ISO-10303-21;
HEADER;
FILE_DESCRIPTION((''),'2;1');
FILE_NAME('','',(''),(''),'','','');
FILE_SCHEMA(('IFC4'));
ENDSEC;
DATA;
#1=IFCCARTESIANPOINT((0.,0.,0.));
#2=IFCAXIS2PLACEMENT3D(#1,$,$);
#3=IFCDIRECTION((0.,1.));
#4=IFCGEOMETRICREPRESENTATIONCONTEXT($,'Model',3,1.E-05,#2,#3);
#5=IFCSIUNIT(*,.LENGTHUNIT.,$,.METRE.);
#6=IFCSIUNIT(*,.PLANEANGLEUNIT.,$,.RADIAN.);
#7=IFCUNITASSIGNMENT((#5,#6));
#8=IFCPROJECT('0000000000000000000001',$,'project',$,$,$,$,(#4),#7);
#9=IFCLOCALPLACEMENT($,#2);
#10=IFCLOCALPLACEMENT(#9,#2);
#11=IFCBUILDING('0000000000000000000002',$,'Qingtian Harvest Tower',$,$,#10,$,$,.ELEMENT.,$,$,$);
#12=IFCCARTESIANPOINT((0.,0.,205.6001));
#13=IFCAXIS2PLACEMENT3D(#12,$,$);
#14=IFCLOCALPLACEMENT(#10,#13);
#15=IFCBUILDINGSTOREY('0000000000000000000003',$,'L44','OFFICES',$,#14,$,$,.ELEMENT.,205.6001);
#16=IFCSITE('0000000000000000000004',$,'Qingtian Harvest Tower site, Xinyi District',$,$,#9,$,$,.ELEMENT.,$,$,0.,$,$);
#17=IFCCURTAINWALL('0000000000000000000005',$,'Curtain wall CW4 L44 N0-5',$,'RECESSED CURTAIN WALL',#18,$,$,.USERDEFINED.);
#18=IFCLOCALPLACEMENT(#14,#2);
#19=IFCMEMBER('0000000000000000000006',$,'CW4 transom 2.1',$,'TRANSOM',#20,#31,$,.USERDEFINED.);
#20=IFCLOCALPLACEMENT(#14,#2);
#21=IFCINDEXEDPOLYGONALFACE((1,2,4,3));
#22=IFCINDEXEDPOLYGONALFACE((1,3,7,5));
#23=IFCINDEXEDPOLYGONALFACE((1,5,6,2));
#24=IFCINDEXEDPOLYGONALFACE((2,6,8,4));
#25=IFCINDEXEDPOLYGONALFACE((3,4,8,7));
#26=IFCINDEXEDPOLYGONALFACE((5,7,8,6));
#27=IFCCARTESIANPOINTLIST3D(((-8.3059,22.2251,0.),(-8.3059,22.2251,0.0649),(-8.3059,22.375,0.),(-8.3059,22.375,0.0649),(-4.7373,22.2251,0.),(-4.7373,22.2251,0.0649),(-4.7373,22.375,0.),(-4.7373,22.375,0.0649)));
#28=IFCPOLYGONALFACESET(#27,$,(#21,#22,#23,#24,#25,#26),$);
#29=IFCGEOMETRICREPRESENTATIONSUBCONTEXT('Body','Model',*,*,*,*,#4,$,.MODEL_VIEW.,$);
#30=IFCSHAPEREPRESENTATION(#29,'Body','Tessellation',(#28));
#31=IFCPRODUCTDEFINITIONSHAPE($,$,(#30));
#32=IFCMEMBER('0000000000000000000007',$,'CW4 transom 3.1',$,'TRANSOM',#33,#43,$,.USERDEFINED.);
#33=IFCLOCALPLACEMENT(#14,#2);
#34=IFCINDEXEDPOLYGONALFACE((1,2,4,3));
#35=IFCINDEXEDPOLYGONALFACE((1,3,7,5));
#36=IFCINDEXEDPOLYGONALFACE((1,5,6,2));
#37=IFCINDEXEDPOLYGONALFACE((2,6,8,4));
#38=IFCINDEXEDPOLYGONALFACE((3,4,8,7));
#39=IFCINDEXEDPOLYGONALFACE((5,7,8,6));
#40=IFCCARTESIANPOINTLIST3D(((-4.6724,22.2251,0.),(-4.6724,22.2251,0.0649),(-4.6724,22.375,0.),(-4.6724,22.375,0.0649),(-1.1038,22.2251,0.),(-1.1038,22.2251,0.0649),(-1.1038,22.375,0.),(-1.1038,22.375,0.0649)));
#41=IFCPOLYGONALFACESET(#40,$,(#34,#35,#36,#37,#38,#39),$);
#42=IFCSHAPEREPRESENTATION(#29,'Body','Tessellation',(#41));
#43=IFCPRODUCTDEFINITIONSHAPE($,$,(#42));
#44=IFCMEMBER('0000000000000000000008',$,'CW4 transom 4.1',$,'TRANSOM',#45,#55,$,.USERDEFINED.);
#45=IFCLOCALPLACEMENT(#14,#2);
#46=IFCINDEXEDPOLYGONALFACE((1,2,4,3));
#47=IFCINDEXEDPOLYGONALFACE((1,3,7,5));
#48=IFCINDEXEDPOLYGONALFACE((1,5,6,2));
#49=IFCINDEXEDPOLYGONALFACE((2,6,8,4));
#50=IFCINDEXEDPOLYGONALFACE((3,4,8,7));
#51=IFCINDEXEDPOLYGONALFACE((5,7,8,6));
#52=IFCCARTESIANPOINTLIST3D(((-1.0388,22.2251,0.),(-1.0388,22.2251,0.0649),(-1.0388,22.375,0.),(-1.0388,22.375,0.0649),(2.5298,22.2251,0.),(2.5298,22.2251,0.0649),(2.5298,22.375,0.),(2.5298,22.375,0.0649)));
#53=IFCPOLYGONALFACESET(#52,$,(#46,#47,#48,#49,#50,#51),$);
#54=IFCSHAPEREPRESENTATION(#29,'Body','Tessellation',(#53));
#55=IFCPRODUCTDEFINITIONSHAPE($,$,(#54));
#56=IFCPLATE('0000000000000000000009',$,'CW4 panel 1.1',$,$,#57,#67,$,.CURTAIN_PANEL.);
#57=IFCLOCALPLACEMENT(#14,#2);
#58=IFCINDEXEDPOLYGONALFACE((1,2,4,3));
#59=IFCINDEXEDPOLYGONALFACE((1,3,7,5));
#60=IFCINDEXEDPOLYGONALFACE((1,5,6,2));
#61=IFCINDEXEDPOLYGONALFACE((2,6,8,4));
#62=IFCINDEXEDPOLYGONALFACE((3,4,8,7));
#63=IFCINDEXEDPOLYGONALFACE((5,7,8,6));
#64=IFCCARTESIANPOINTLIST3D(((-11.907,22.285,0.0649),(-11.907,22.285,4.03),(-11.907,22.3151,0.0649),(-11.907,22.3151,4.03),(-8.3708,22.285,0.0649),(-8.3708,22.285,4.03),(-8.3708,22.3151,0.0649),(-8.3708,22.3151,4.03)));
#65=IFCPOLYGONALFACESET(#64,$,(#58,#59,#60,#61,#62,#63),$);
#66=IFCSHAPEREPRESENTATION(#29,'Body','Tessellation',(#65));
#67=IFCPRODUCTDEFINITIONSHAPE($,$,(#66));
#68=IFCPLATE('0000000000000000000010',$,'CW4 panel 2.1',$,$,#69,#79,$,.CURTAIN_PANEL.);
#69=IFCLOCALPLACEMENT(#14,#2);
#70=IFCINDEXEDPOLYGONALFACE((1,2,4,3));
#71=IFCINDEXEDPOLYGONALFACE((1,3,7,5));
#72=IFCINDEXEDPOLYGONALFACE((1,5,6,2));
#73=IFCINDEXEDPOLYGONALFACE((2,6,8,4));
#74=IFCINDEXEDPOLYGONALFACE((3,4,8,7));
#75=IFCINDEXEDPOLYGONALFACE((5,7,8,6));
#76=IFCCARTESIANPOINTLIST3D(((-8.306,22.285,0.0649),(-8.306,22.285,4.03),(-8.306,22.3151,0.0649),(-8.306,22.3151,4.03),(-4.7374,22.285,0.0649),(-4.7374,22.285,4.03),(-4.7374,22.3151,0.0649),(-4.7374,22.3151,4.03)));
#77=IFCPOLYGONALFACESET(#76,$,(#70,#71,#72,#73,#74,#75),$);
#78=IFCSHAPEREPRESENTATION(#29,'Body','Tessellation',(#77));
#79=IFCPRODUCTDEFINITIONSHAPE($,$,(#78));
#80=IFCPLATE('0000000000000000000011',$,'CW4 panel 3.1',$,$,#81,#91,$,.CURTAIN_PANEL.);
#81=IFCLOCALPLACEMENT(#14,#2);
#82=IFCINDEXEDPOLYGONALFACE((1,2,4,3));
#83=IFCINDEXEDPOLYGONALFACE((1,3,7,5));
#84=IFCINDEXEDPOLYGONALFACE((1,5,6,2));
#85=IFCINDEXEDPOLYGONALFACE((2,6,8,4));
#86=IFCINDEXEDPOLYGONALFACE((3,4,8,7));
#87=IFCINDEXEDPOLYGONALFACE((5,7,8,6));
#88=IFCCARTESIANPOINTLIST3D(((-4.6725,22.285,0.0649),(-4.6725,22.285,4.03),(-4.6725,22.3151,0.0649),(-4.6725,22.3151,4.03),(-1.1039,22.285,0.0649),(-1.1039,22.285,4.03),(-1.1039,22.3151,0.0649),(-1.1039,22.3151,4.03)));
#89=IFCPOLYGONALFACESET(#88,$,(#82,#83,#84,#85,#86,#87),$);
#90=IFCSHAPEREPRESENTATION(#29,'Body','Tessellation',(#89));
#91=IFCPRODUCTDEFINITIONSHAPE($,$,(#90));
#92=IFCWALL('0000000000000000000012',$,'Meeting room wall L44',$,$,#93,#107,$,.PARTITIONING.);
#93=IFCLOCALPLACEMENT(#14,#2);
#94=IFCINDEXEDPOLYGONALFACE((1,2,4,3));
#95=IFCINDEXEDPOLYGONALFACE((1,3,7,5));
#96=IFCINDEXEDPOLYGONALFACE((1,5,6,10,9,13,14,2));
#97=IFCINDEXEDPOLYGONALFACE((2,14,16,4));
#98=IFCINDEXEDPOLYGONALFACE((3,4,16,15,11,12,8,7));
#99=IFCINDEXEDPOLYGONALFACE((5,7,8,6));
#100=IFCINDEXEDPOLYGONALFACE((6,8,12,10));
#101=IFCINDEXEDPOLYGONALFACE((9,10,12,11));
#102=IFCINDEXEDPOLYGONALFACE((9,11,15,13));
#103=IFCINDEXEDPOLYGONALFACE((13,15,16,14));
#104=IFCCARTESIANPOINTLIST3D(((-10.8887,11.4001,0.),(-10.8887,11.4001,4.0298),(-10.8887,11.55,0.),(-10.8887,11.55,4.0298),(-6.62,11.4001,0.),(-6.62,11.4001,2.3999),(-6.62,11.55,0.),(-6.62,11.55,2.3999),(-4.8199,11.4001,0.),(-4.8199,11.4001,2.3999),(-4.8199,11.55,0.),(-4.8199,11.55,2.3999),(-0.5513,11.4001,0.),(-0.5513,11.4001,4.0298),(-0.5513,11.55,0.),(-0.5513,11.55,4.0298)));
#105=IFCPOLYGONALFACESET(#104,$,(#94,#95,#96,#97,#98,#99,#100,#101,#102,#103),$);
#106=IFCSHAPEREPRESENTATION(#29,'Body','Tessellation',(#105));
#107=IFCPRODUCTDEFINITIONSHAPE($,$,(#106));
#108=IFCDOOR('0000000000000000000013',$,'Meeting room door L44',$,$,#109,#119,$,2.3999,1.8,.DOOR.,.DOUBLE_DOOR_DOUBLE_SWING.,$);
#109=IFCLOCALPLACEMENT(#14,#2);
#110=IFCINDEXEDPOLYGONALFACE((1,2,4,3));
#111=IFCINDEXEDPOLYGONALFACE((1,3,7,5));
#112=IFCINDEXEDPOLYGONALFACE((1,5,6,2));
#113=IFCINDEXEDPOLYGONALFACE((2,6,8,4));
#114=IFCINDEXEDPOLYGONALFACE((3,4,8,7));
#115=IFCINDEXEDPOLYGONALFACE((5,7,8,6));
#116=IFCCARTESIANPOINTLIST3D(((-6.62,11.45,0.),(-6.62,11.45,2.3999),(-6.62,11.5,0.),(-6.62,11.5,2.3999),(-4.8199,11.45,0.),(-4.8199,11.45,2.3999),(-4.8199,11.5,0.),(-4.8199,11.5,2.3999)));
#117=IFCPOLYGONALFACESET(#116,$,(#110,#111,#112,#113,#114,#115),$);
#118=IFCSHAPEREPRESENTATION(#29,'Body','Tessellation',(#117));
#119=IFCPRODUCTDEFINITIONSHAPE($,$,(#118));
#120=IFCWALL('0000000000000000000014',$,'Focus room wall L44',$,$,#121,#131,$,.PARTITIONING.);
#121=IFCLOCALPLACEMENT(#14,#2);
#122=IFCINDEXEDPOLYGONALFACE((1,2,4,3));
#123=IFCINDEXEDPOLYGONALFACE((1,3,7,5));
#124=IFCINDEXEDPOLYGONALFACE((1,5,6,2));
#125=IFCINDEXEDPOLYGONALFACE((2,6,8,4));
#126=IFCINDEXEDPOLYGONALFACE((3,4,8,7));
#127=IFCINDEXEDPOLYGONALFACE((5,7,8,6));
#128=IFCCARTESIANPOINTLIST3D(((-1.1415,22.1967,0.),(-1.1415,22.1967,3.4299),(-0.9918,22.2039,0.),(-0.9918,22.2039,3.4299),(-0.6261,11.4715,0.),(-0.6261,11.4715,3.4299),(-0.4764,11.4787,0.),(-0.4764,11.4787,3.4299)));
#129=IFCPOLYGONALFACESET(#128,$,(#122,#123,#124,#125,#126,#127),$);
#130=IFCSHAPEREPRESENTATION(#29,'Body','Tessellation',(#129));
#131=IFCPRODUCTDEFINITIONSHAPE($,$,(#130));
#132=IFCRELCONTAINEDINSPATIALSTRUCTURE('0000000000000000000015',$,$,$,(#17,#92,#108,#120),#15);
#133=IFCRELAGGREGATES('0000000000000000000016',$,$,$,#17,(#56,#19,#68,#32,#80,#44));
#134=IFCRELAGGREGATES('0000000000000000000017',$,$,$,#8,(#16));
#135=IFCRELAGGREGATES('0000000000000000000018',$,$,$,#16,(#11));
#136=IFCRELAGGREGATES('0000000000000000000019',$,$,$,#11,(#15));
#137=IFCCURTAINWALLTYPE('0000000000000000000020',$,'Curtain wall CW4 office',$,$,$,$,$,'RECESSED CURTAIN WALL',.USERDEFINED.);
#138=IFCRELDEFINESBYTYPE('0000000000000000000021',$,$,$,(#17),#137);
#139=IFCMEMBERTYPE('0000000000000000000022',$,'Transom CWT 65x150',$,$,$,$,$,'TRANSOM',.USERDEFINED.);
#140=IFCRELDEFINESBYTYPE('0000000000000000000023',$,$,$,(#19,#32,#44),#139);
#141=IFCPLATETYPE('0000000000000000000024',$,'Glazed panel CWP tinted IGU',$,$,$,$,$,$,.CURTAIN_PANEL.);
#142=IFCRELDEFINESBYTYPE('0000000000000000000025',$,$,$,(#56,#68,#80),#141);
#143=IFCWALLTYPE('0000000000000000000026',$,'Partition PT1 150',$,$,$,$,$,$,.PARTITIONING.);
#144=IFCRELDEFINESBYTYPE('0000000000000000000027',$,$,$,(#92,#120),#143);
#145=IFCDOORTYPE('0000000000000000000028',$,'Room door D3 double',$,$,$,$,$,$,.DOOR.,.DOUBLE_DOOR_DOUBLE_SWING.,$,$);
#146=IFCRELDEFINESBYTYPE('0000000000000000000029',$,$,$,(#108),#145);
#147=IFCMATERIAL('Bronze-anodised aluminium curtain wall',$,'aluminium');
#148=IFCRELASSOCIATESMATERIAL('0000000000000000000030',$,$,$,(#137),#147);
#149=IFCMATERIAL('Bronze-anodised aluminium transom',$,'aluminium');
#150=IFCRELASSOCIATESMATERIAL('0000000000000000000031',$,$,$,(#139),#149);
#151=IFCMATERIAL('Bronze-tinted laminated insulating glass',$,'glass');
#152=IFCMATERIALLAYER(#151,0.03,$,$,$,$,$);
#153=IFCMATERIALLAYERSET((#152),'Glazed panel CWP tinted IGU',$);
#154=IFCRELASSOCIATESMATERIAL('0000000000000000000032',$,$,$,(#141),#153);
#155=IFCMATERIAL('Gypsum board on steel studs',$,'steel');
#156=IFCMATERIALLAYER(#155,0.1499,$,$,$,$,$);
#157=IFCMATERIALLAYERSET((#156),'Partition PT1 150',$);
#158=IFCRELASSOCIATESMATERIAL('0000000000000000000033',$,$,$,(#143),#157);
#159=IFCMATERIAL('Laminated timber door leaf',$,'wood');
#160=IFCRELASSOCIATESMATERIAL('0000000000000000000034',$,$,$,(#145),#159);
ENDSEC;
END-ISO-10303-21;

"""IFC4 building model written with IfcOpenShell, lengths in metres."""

from ifc_helpers import new_model, si_unit, direction, frame, frame_2d, origin, origin_2d, place, context, subcontext, project, spatial, rectangle, extrude, material, layer, layer_set, material_profile, profile_set, type_object, element, fill, aggregate, save


model = new_model("IFC4")

# Units and contexts
model_context = context("Model", 3, precision=1e-05, world=origin(), true_north=direction((0.0, 1.0)))
body_context = subcontext(model_context, "Body", "Model", "MODEL_VIEW")
ifc_project = project(units=[si_unit("LENGTHUNIT", "METRE"), si_unit("PLANEANGLEUNIT", "RADIAN")], contexts=[model_context])

# Site, building, storey
site_placement = place(None, origin())
site = spatial("IfcSite", under=ifc_project, at=site_placement, Name="Qingtian Harvest Tower site, Xinyi District", CompositionType="ELEMENT", RefElevation=0.0)
building_placement = place(site_placement, origin())
building = spatial("IfcBuilding", under=site, at=building_placement, Name="Qingtian Harvest Tower", CompositionType="ELEMENT")
storey_placement = place(building_placement, frame((0.0, 0.0, 205.6001)))
storey = spatial("IfcBuildingStorey", under=building, at=storey_placement, Name="L44", Description="OFFICES", CompositionType="ELEMENT", Elevation=205.6001)

# Curtain wall
ifc_material_1 = material(Name="Bronze-anodised aluminium curtain wall", Category="aluminium")
curtain_wall_type = type_object("IfcCurtainWallType", Name="Curtain wall CW4 office", ElementType="RECESSED CURTAIN WALL", PredefinedType="USERDEFINED", material=ifc_material_1)
curtain_wall_1_placement = place(storey_placement, origin())
curtain_wall_1 = element("IfcCurtainWall", 1, at=curtain_wall_1_placement, inside=storey, type_object=curtain_wall_type, Name="Curtain wall CW4 L44 N0-5", ObjectType="RECESSED CURTAIN WALL", PredefinedType="USERDEFINED")

# Members
ifc_material_2 = material(Name="Bronze-anodised aluminium transom", Category="aluminium")
ifc_material_profile_1 = material_profile(ifc_material_2, rectangle(XDim=0.1499, YDim=0.0649, at=origin_2d()), Name="AL 65x150")
ifc_profile_set_1 = profile_set([ifc_material_profile_1], Name="Bronze-anodised aluminium transom")
member_type_1 = type_object("IfcMemberType", Name="Transom CWT 65x150", ElementType="TRANSOM", PredefinedType="USERDEFINED", material=ifc_profile_set_1)
member_1_placement = place(storey_placement, frame((-8.3059, 22.3, 0.0325), z_axis=(1.0, 0.0, 0.0), x_axis=(0.0, 1.0, 0.0)))
member_1 = element("IfcMember", 2, at=member_1_placement, type_object=member_type_1, Name="CW4 transom 2.1", ObjectType="TRANSOM", PredefinedType="USERDEFINED", context=body_context, shape_type="SweptSolid", body=[
    extrude(rectangle(XDim=0.1499, YDim=0.0649, at=origin_2d()), origin(), (0.0, 0.0, 1.0), 3.5686),
])
member_2_placement = place(storey_placement, frame((-4.6724, 22.3, 0.0325), z_axis=(1.0, 0.0, 0.0), x_axis=(0.0, 1.0, 0.0)))
member_2 = element("IfcMember", 3, at=member_2_placement, type_object=member_type_1, Name="CW4 transom 3.1", ObjectType="TRANSOM", PredefinedType="USERDEFINED", context=body_context, shape_type="SweptSolid", body=[
    extrude(rectangle(XDim=0.1499, YDim=0.0649, at=origin_2d()), origin(), (0.0, 0.0, 1.0), 3.5686),
])
member_3_placement = place(storey_placement, frame((-1.0388, 22.3, 0.0325), z_axis=(1.0, 0.0, 0.0), x_axis=(0.0, 1.0, 0.0)))
member_3 = element("IfcMember", 4, at=member_3_placement, type_object=member_type_1, Name="CW4 transom 4.1", ObjectType="TRANSOM", PredefinedType="USERDEFINED", context=body_context, shape_type="SweptSolid", body=[
    extrude(rectangle(XDim=0.1499, YDim=0.0649, at=origin_2d()), origin(), (0.0, 0.0, 1.0), 3.5686),
])

# Plates
ifc_material_3 = material(Name="Bronze-tinted laminated insulating glass", Category="glass")
ifc_layer_1 = layer(ifc_material_3, 0.03)
ifc_layer_set_1 = layer_set([ifc_layer_1], Name="Glazed panel CWP tinted IGU")
plate_type = type_object("IfcPlateType", Name="Glazed panel CWP tinted IGU", PredefinedType="CURTAIN_PANEL", material=ifc_layer_set_1)
plate_1_placement = place(storey_placement, frame((-10.1389, 22.3, 0.0649), z_axis=(0.0, 0.0, 1.0), x_axis=(1.0, 0.0, 0.0)))
plate_1 = element("IfcPlate", 5, at=plate_1_placement, type_object=plate_type, Name="CW4 panel 1.1", PredefinedType="CURTAIN_PANEL", context=body_context, shape_type="SweptSolid", body=[
    extrude(rectangle(XDim=3.5361, YDim=0.03, at=origin_2d()), origin(), (0.0, 0.0, 1.0), 3.9651),
])
plate_2_placement = place(storey_placement, frame((-6.5217, 22.3, 0.0649), z_axis=(0.0, 0.0, 1.0), x_axis=(1.0, 0.0, 0.0)))
plate_2 = element("IfcPlate", 6, at=plate_2_placement, type_object=plate_type, Name="CW4 panel 2.1", PredefinedType="CURTAIN_PANEL", context=body_context, shape_type="SweptSolid", body=[
    extrude(rectangle(XDim=3.5686, YDim=0.03, at=origin_2d()), origin(), (0.0, 0.0, 1.0), 3.9651),
])
plate_3_placement = place(storey_placement, frame((-2.8882, 22.3, 0.0649), z_axis=(0.0, 0.0, 1.0), x_axis=(1.0, 0.0, 0.0)))
plate_3 = element("IfcPlate", 7, at=plate_3_placement, type_object=plate_type, Name="CW4 panel 3.1", PredefinedType="CURTAIN_PANEL", context=body_context, shape_type="SweptSolid", body=[
    extrude(rectangle(XDim=3.5686, YDim=0.03, at=origin_2d()), origin(), (0.0, 0.0, 1.0), 3.9651),
])
aggregate(curtain_wall_1, [plate_1, member_1, plate_2, member_2, plate_3, member_3])

# Wall, opening, door
ifc_material_4 = material(Name="Gypsum board on steel studs", Category="steel")
ifc_layer_2 = layer(ifc_material_4, 0.1499)
ifc_layer_set_2 = layer_set([ifc_layer_2], Name="Partition PT1 150")
wall_type = type_object("IfcWallType", Name="Partition PT1 150", PredefinedType="PARTITIONING", material=ifc_layer_set_2)
wall_1_placement = place(storey_placement, frame((-10.8887, 11.4751, 0.0), z_axis=(0.0, 0.0, 1.0), x_axis=(1.0, 0.0, 0.0)))
wall_1 = element("IfcWall", 8, at=wall_1_placement, inside=storey, type_object=wall_type, Name="Meeting room wall L44", PredefinedType="PARTITIONING", context=body_context, shape_type="SweptSolid", body=[
    extrude(rectangle(XDim=10.3374, YDim=0.1499, at=frame_2d((5.1687, 0.0))), origin(), (0.0, 0.0, 1.0), 4.0298),
])
opening_1_placement = place(wall_1_placement, frame((4.2688, 0.0, 0.0)))
opening_1 = element("IfcOpeningElement", 9, at=opening_1_placement, cuts=wall_1, PredefinedType="OPENING", context=body_context, shape_type="SweptSolid", body=[
    extrude(rectangle(XDim=1.8, YDim=2.3999, at=frame_2d((0.8999, 1.2))), frame((0.0, 0.085, 0.0), z_axis=(0.0, -1.0, 0.0), x_axis=(1.0, 0.0, 0.0)), (0.0, 0.0, 1.0), 0.1699),
])
ifc_material_5 = material(Name="Laminated timber door leaf", Category="wood")
door_type_1 = type_object("IfcDoorType", Name="Room door D3 double", OperationType="DOUBLE_DOOR_DOUBLE_SWING", PredefinedType="DOOR", material=ifc_material_5)
door_1_placement = place(opening_1_placement, origin())
door_1 = element("IfcDoor", 10, at=door_1_placement, inside=storey, type_object=door_type_1, Name="Meeting room door L44", OperationType="DOUBLE_DOOR_DOUBLE_SWING", OverallHeight=2.3999, OverallWidth=1.8, PredefinedType="DOOR", context=body_context, shape_type="SweptSolid", body=[
    extrude(rectangle(XDim=1.8, YDim=2.3999, at=frame_2d((0.8999, 1.2))), frame((0.0, 0.0249, 0.0), z_axis=(0.0, -1.0, 0.0), x_axis=(1.0, 0.0, 0.0)), (0.0, 0.0, 1.0), 0.05),
])
fill(opening_1, door_1)

# Wall
wall_2_placement = place(storey_placement, frame((-1.0667, 22.2002, 0.0), z_axis=(0.0, 0.0, 1.0), x_axis=(0.047998, -0.998847, 0.0)))
element("IfcWall", 11, at=wall_2_placement, inside=storey, type_object=wall_type, Name="Focus room wall L44", PredefinedType="PARTITIONING", context=body_context, shape_type="SweptSolid", body=[
    extrude(rectangle(XDim=10.7375, YDim=0.1499, at=frame_2d((5.3687, 0.0))), origin(), (0.0, 0.0, 1.0), 3.4299),
])

save(model, "model.ifc")
